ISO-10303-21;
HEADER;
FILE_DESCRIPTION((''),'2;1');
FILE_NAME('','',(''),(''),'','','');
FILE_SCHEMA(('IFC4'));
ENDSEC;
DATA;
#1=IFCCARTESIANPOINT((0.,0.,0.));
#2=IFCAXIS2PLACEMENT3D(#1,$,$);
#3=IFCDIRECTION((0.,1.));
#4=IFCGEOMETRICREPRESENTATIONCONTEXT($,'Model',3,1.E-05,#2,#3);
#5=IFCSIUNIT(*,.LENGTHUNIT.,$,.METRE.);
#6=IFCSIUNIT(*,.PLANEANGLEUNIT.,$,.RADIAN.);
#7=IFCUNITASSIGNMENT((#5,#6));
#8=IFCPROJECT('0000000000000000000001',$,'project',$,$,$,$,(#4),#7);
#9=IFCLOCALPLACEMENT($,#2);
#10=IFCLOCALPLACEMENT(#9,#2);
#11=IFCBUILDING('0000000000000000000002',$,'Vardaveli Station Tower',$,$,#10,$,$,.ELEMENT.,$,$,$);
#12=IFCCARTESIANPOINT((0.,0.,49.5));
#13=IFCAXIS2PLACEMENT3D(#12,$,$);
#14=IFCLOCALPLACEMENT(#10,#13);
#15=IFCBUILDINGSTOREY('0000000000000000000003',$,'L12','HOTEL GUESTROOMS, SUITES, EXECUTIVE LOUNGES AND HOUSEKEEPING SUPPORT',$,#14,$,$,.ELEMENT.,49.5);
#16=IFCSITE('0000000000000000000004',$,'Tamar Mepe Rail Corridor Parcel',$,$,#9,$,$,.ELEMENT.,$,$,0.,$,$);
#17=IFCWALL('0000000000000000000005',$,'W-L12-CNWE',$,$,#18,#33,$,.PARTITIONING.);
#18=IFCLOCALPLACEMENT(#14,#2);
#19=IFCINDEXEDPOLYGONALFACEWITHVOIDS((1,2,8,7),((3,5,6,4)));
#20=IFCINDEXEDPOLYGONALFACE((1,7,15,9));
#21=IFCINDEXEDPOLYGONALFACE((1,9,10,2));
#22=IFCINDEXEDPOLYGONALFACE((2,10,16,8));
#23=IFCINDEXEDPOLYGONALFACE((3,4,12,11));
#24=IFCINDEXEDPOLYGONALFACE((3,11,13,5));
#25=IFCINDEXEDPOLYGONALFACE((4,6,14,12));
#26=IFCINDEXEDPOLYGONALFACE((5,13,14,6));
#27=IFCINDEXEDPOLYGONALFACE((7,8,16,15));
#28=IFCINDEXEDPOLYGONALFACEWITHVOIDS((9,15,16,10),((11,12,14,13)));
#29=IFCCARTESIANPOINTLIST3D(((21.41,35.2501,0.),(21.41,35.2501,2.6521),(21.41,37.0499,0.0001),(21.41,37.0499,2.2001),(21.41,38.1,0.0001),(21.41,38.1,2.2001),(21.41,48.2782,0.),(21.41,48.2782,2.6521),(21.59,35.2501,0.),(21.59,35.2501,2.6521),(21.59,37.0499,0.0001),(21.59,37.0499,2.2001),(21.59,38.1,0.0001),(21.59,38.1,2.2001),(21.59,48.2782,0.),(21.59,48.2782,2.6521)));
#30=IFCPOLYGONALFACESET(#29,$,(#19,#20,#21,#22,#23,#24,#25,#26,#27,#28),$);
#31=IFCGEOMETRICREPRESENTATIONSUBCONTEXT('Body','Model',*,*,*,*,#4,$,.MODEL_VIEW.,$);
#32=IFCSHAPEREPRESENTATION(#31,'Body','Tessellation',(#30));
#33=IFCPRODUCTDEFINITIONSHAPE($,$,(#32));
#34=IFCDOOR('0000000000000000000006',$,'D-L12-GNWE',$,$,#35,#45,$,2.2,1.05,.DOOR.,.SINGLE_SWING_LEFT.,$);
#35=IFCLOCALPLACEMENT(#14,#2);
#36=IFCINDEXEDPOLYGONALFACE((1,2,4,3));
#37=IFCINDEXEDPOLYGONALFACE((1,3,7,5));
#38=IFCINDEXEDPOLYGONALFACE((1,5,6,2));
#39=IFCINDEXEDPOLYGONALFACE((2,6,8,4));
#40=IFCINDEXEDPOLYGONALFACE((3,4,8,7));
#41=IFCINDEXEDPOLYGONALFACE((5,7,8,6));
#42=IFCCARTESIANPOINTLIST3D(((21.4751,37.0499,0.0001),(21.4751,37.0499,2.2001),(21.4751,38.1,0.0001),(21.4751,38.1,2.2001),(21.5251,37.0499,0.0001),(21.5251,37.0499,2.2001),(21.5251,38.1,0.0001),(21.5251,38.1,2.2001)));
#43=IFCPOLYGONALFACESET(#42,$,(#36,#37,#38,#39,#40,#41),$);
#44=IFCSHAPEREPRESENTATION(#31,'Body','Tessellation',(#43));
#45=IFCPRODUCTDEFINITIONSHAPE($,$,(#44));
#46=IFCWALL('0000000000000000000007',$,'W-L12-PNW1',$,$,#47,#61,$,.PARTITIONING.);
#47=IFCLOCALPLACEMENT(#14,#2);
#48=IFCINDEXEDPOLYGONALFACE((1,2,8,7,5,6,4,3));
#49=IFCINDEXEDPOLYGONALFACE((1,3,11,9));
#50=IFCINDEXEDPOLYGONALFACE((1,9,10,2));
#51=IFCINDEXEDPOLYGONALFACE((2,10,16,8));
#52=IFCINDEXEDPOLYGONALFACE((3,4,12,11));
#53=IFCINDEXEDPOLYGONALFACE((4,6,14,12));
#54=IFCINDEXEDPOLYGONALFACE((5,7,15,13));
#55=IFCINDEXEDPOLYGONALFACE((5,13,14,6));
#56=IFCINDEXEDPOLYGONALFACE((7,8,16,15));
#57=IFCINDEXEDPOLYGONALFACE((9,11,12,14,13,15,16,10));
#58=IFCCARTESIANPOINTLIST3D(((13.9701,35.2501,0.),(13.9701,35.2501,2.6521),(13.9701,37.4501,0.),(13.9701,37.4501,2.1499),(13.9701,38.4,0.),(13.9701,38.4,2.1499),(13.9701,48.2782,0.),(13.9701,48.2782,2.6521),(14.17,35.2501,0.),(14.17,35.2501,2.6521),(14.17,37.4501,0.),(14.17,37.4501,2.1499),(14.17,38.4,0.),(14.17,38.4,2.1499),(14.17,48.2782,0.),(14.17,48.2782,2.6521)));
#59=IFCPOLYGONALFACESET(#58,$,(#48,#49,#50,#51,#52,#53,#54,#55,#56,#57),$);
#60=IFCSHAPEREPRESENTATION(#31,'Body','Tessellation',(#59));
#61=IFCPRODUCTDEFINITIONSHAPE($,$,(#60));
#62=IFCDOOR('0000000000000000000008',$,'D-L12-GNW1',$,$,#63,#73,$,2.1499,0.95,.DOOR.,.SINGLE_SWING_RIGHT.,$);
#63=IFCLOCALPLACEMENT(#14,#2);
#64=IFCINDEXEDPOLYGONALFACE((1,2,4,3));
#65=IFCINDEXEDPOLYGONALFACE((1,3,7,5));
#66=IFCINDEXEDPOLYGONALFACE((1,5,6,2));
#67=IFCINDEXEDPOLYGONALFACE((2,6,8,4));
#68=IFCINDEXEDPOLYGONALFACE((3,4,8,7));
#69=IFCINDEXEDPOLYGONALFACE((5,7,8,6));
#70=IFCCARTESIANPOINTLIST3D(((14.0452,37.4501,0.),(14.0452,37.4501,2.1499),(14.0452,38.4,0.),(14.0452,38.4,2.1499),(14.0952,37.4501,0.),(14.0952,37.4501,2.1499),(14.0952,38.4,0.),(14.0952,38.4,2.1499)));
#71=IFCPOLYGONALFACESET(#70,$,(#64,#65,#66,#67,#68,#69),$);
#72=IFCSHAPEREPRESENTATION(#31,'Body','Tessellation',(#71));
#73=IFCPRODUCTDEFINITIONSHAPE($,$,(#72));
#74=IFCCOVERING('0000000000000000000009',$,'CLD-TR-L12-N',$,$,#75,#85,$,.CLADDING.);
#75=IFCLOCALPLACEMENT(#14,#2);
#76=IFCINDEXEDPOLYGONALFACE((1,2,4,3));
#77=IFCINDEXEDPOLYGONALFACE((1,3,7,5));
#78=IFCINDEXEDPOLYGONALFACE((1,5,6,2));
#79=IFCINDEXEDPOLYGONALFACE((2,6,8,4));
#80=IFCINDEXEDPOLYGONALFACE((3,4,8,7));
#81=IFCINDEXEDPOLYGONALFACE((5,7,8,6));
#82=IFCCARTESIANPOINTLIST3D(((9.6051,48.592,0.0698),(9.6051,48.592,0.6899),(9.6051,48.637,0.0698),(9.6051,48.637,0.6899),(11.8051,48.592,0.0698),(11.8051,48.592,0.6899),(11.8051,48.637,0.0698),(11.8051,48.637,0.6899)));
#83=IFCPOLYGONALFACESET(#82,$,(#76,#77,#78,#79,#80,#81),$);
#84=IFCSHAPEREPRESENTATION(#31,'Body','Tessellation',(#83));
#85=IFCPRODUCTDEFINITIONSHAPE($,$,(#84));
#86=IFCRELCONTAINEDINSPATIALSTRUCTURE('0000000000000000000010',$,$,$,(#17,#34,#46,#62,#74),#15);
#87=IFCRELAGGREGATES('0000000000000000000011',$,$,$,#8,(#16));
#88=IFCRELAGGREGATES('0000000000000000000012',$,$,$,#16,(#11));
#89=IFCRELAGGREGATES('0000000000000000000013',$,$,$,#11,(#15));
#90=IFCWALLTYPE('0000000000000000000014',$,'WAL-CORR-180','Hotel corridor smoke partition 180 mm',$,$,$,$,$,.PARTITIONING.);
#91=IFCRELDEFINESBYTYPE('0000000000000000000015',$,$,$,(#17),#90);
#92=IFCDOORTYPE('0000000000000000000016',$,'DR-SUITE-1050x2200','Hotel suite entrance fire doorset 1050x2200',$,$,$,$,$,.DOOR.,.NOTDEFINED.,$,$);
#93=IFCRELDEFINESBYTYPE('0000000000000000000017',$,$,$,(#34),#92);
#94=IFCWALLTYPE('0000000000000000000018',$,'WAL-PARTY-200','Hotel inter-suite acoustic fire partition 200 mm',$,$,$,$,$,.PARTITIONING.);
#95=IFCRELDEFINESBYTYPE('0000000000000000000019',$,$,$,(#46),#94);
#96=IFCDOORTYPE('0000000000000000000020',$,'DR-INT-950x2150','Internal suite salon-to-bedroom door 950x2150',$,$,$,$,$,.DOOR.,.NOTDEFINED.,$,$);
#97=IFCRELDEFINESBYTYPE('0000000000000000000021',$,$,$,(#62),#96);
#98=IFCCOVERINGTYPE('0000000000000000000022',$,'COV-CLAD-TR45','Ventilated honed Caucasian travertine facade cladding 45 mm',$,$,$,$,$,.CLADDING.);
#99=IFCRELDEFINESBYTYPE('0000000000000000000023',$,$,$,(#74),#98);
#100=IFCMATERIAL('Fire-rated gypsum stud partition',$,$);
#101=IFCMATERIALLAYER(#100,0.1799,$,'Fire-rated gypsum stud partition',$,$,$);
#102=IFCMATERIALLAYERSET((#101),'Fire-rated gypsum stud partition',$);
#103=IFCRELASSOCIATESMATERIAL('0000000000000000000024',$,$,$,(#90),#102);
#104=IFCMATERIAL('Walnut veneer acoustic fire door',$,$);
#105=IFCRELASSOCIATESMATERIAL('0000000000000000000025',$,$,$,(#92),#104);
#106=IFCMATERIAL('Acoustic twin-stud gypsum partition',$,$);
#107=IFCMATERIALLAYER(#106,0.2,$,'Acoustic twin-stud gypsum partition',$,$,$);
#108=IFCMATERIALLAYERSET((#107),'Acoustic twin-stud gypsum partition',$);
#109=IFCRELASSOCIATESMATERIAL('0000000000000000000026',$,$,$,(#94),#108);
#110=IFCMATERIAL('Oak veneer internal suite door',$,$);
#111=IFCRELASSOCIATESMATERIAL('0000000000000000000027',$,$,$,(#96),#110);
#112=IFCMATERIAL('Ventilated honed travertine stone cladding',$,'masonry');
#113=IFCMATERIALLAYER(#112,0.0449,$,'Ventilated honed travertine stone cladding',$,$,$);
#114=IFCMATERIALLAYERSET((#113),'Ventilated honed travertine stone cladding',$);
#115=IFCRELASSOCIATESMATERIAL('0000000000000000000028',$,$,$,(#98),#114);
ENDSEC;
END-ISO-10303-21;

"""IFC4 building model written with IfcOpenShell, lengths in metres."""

from ifc_helpers import new_model, si_unit, direction, frame, frame_2d, origin, origin_2d, place, context, subcontext, project, spatial, rectangle, extrude, source, transform, mapped, material, layer, layer_set, type_object, element, fill, save


model = new_model("IFC4")

# Units and contexts
model_context = context("Model", 3, precision=1e-05, world=origin(), true_north=direction((0.0, 1.0)))
body_context = subcontext(model_context, "Body", "Model", "MODEL_VIEW")
ifc_project = project(units=[si_unit("LENGTHUNIT", "METRE"), si_unit("PLANEANGLEUNIT", "RADIAN")], contexts=[model_context])

# Site, building, storey
site_placement = place(None, origin())
site = spatial("IfcSite", under=ifc_project, at=site_placement, Name="Tamar Mepe Rail Corridor Parcel", CompositionType="ELEMENT", RefElevation=0.0)
building_placement = place(site_placement, origin())
building = spatial("IfcBuilding", under=site, at=building_placement, Name="Vardaveli Station Tower", CompositionType="ELEMENT")
storey_placement = place(building_placement, frame((0.0, 0.0, 49.5)))
storey = spatial("IfcBuildingStorey", under=building, at=storey_placement, Name="L12", Description="HOTEL GUESTROOMS, SUITES, EXECUTIVE LOUNGES AND HOUSEKEEPING SUPPORT", CompositionType="ELEMENT", Elevation=49.5)

# Walls, openings, doors
ifc_material_1 = material(Name="Fire-rated gypsum stud partition")
ifc_layer_1 = layer(ifc_material_1, 0.1799, Name="Fire-rated gypsum stud partition")
ifc_layer_set_1 = layer_set([ifc_layer_1], Name="Fire-rated gypsum stud partition")
wall_type_1 = type_object("IfcWallType", Name="WAL-CORR-180", Description="Hotel corridor smoke partition 180 mm", PredefinedType="PARTITIONING", material=ifc_layer_set_1)
shared_shape_1 = source(origin(), body_context, "Body", "SweptSolid", [
    extrude(rectangle(XDim=13.0281, YDim=0.1799, at=frame_2d((6.5142, 0.0))), origin(), (0.0, 0.0, 1.0), 2.6521),
])
wall_1_placement = place(storey_placement, frame((21.5, 35.25, 0.0), z_axis=(0.0, 0.0, 1.0), x_axis=(0.0, 1.0, 0.0)))
wall_1 = element("IfcWall", 1, at=wall_1_placement, inside=storey, type_object=wall_type_1, Name="W-L12-CNWE", PredefinedType="PARTITIONING", context=body_context, shape_type="MappedRepresentation", body=[
    mapped(shared_shape_1, transform((0.0, 0.0, 0.0), scale=1.0)),
])
shared_shape_2 = source(origin(), body_context, "Body", "SweptSolid", [
    extrude(rectangle(XDim=1.05, YDim=2.2, at=frame_2d((0.5249, 1.1001))), frame((0.0, 0.1001, 0.0), z_axis=(0.0, -1.0, 0.0), x_axis=(1.0, 0.0, 0.0)), (0.0, 0.0, 1.0), 0.2),
])
opening_1_placement = place(wall_1_placement, frame((1.8, 0.0, 0.0)))
opening_1 = element("IfcOpeningElement", 2, at=opening_1_placement, cuts=wall_1, PredefinedType="OPENING", context=body_context, shape_type="MappedRepresentation", body=[
    mapped(shared_shape_2, transform((0.0, 0.0, 0.0), scale=1.0)),
])
ifc_material_2 = material(Name="Walnut veneer acoustic fire door")
door_type_1 = type_object("IfcDoorType", Name="DR-SUITE-1050x2200", Description="Hotel suite entrance fire doorset 1050x2200", OperationType="NOTDEFINED", PredefinedType="DOOR", material=ifc_material_2)
shared_shape_3 = source(origin(), body_context, "Body", "SweptSolid", [
    extrude(rectangle(XDim=1.05, YDim=2.2, at=frame_2d((0.5249, 1.1001))), frame((0.0, 0.0249, 0.0), z_axis=(0.0, -1.0, 0.0), x_axis=(1.0, 0.0, 0.0)), (0.0, 0.0, 1.0), 0.05),
])
door_1_placement = place(opening_1_placement, origin())
door_1 = element("IfcDoor", 3, at=door_1_placement, inside=storey, type_object=door_type_1, Name="D-L12-GNWE", OperationType="SINGLE_SWING_LEFT", OverallHeight=2.2, OverallWidth=1.05, PredefinedType="DOOR", context=body_context, shape_type="MappedRepresentation", body=[
    mapped(shared_shape_3, transform((0.0, 0.0, 0.0), scale=1.0)),
])
fill(opening_1, door_1)
ifc_material_3 = material(Name="Acoustic twin-stud gypsum partition")
ifc_layer_2 = layer(ifc_material_3, 0.2, Name="Acoustic twin-stud gypsum partition")
ifc_layer_set_2 = layer_set([ifc_layer_2], Name="Acoustic twin-stud gypsum partition")
wall_type_2 = type_object("IfcWallType", Name="WAL-PARTY-200", Description="Hotel inter-suite acoustic fire partition 200 mm", PredefinedType="PARTITIONING", material=ifc_layer_set_2)
shared_shape_4 = source(origin(), body_context, "Body", "SweptSolid", [
    extrude(rectangle(XDim=13.0281, YDim=0.2, at=frame_2d((6.5142, 0.0))), origin(), (0.0, 0.0, 1.0), 2.6521),
])
wall_2_placement = place(storey_placement, frame((14.0701, 35.25, 0.0), z_axis=(0.0, 0.0, 1.0), x_axis=(0.0, 1.0, 0.0)))
wall_2 = element("IfcWall", 4, at=wall_2_placement, inside=storey, type_object=wall_type_2, Name="W-L12-PNW1", PredefinedType="PARTITIONING", context=body_context, shape_type="MappedRepresentation", body=[
    mapped(shared_shape_4, transform((0.0, 0.0, 0.0), scale=1.0)),
])
shared_shape_5 = source(origin(), body_context, "Body", "SweptSolid", [
    extrude(rectangle(XDim=0.95, YDim=2.1499, at=frame_2d((0.4751, 1.075))), frame((0.0, 0.1099, 0.0), z_axis=(0.0, -1.0, 0.0), x_axis=(1.0, 0.0, 0.0)), (0.0, 0.0, 1.0), 0.22),
])
opening_2_placement = place(wall_2_placement, frame((2.2, 0.0, 0.0)))
opening_2 = element("IfcOpeningElement", 5, at=opening_2_placement, cuts=wall_2, PredefinedType="OPENING", context=body_context, shape_type="MappedRepresentation", body=[
    mapped(shared_shape_5, transform((0.0, 0.0, 0.0), scale=1.0)),
])
ifc_material_4 = material(Name="Oak veneer internal suite door")
door_type_2 = type_object("IfcDoorType", Name="DR-INT-950x2150", Description="Internal suite salon-to-bedroom door 950x2150", OperationType="NOTDEFINED", PredefinedType="DOOR", material=ifc_material_4)
shared_shape_6 = source(origin(), body_context, "Body", "SweptSolid", [
    extrude(rectangle(XDim=0.95, YDim=2.1499, at=frame_2d((0.4751, 1.075))), frame((0.0, 0.0249, 0.0), z_axis=(0.0, -1.0, 0.0), x_axis=(1.0, 0.0, 0.0)), (0.0, 0.0, 1.0), 0.05),
])
door_2_placement = place(opening_2_placement, origin())
door_2 = element("IfcDoor", 6, at=door_2_placement, inside=storey, type_object=door_type_2, Name="D-L12-GNW1", OperationType="SINGLE_SWING_RIGHT", OverallHeight=2.1499, OverallWidth=0.95, PredefinedType="DOOR", context=body_context, shape_type="MappedRepresentation", body=[
    mapped(shared_shape_6, transform((0.0, 0.0, 0.0), scale=1.0)),
])
fill(opening_2, door_2)

# Covering
ifc_material_5 = material(Name="Ventilated honed travertine stone cladding", Category="masonry")
ifc_layer_3 = layer(ifc_material_5, 0.0449, Name="Ventilated honed travertine stone cladding")
ifc_layer_set_3 = layer_set([ifc_layer_3], Name="Ventilated honed travertine stone cladding")
covering_type = type_object("IfcCoveringType", Name="COV-CLAD-TR45", Description="Ventilated honed Caucasian travertine facade cladding 45 mm", PredefinedType="CLADDING", material=ifc_layer_set_3)
shared_shape_7 = source(origin(), body_context, "Body", "SweptSolid", [
    extrude(rectangle(XDim=2.2, YDim=0.0449, at=origin_2d()), origin(), (0.0, 0.0, 1.0), 0.6201),
])
covering_placement = place(storey_placement, frame((10.7051, 48.6145, 0.0698), z_axis=(0.0, 0.0, 1.0), x_axis=(1.0, 0.0, 0.0)))
element("IfcCovering", 7, at=covering_placement, inside=storey, type_object=covering_type, Name="CLD-TR-L12-N", PredefinedType="CLADDING", context=body_context, shape_type="MappedRepresentation", body=[
    mapped(shared_shape_7, transform((0.0, 0.0, 0.0), scale=1.0)),
])

save(model, "model.ifc")
